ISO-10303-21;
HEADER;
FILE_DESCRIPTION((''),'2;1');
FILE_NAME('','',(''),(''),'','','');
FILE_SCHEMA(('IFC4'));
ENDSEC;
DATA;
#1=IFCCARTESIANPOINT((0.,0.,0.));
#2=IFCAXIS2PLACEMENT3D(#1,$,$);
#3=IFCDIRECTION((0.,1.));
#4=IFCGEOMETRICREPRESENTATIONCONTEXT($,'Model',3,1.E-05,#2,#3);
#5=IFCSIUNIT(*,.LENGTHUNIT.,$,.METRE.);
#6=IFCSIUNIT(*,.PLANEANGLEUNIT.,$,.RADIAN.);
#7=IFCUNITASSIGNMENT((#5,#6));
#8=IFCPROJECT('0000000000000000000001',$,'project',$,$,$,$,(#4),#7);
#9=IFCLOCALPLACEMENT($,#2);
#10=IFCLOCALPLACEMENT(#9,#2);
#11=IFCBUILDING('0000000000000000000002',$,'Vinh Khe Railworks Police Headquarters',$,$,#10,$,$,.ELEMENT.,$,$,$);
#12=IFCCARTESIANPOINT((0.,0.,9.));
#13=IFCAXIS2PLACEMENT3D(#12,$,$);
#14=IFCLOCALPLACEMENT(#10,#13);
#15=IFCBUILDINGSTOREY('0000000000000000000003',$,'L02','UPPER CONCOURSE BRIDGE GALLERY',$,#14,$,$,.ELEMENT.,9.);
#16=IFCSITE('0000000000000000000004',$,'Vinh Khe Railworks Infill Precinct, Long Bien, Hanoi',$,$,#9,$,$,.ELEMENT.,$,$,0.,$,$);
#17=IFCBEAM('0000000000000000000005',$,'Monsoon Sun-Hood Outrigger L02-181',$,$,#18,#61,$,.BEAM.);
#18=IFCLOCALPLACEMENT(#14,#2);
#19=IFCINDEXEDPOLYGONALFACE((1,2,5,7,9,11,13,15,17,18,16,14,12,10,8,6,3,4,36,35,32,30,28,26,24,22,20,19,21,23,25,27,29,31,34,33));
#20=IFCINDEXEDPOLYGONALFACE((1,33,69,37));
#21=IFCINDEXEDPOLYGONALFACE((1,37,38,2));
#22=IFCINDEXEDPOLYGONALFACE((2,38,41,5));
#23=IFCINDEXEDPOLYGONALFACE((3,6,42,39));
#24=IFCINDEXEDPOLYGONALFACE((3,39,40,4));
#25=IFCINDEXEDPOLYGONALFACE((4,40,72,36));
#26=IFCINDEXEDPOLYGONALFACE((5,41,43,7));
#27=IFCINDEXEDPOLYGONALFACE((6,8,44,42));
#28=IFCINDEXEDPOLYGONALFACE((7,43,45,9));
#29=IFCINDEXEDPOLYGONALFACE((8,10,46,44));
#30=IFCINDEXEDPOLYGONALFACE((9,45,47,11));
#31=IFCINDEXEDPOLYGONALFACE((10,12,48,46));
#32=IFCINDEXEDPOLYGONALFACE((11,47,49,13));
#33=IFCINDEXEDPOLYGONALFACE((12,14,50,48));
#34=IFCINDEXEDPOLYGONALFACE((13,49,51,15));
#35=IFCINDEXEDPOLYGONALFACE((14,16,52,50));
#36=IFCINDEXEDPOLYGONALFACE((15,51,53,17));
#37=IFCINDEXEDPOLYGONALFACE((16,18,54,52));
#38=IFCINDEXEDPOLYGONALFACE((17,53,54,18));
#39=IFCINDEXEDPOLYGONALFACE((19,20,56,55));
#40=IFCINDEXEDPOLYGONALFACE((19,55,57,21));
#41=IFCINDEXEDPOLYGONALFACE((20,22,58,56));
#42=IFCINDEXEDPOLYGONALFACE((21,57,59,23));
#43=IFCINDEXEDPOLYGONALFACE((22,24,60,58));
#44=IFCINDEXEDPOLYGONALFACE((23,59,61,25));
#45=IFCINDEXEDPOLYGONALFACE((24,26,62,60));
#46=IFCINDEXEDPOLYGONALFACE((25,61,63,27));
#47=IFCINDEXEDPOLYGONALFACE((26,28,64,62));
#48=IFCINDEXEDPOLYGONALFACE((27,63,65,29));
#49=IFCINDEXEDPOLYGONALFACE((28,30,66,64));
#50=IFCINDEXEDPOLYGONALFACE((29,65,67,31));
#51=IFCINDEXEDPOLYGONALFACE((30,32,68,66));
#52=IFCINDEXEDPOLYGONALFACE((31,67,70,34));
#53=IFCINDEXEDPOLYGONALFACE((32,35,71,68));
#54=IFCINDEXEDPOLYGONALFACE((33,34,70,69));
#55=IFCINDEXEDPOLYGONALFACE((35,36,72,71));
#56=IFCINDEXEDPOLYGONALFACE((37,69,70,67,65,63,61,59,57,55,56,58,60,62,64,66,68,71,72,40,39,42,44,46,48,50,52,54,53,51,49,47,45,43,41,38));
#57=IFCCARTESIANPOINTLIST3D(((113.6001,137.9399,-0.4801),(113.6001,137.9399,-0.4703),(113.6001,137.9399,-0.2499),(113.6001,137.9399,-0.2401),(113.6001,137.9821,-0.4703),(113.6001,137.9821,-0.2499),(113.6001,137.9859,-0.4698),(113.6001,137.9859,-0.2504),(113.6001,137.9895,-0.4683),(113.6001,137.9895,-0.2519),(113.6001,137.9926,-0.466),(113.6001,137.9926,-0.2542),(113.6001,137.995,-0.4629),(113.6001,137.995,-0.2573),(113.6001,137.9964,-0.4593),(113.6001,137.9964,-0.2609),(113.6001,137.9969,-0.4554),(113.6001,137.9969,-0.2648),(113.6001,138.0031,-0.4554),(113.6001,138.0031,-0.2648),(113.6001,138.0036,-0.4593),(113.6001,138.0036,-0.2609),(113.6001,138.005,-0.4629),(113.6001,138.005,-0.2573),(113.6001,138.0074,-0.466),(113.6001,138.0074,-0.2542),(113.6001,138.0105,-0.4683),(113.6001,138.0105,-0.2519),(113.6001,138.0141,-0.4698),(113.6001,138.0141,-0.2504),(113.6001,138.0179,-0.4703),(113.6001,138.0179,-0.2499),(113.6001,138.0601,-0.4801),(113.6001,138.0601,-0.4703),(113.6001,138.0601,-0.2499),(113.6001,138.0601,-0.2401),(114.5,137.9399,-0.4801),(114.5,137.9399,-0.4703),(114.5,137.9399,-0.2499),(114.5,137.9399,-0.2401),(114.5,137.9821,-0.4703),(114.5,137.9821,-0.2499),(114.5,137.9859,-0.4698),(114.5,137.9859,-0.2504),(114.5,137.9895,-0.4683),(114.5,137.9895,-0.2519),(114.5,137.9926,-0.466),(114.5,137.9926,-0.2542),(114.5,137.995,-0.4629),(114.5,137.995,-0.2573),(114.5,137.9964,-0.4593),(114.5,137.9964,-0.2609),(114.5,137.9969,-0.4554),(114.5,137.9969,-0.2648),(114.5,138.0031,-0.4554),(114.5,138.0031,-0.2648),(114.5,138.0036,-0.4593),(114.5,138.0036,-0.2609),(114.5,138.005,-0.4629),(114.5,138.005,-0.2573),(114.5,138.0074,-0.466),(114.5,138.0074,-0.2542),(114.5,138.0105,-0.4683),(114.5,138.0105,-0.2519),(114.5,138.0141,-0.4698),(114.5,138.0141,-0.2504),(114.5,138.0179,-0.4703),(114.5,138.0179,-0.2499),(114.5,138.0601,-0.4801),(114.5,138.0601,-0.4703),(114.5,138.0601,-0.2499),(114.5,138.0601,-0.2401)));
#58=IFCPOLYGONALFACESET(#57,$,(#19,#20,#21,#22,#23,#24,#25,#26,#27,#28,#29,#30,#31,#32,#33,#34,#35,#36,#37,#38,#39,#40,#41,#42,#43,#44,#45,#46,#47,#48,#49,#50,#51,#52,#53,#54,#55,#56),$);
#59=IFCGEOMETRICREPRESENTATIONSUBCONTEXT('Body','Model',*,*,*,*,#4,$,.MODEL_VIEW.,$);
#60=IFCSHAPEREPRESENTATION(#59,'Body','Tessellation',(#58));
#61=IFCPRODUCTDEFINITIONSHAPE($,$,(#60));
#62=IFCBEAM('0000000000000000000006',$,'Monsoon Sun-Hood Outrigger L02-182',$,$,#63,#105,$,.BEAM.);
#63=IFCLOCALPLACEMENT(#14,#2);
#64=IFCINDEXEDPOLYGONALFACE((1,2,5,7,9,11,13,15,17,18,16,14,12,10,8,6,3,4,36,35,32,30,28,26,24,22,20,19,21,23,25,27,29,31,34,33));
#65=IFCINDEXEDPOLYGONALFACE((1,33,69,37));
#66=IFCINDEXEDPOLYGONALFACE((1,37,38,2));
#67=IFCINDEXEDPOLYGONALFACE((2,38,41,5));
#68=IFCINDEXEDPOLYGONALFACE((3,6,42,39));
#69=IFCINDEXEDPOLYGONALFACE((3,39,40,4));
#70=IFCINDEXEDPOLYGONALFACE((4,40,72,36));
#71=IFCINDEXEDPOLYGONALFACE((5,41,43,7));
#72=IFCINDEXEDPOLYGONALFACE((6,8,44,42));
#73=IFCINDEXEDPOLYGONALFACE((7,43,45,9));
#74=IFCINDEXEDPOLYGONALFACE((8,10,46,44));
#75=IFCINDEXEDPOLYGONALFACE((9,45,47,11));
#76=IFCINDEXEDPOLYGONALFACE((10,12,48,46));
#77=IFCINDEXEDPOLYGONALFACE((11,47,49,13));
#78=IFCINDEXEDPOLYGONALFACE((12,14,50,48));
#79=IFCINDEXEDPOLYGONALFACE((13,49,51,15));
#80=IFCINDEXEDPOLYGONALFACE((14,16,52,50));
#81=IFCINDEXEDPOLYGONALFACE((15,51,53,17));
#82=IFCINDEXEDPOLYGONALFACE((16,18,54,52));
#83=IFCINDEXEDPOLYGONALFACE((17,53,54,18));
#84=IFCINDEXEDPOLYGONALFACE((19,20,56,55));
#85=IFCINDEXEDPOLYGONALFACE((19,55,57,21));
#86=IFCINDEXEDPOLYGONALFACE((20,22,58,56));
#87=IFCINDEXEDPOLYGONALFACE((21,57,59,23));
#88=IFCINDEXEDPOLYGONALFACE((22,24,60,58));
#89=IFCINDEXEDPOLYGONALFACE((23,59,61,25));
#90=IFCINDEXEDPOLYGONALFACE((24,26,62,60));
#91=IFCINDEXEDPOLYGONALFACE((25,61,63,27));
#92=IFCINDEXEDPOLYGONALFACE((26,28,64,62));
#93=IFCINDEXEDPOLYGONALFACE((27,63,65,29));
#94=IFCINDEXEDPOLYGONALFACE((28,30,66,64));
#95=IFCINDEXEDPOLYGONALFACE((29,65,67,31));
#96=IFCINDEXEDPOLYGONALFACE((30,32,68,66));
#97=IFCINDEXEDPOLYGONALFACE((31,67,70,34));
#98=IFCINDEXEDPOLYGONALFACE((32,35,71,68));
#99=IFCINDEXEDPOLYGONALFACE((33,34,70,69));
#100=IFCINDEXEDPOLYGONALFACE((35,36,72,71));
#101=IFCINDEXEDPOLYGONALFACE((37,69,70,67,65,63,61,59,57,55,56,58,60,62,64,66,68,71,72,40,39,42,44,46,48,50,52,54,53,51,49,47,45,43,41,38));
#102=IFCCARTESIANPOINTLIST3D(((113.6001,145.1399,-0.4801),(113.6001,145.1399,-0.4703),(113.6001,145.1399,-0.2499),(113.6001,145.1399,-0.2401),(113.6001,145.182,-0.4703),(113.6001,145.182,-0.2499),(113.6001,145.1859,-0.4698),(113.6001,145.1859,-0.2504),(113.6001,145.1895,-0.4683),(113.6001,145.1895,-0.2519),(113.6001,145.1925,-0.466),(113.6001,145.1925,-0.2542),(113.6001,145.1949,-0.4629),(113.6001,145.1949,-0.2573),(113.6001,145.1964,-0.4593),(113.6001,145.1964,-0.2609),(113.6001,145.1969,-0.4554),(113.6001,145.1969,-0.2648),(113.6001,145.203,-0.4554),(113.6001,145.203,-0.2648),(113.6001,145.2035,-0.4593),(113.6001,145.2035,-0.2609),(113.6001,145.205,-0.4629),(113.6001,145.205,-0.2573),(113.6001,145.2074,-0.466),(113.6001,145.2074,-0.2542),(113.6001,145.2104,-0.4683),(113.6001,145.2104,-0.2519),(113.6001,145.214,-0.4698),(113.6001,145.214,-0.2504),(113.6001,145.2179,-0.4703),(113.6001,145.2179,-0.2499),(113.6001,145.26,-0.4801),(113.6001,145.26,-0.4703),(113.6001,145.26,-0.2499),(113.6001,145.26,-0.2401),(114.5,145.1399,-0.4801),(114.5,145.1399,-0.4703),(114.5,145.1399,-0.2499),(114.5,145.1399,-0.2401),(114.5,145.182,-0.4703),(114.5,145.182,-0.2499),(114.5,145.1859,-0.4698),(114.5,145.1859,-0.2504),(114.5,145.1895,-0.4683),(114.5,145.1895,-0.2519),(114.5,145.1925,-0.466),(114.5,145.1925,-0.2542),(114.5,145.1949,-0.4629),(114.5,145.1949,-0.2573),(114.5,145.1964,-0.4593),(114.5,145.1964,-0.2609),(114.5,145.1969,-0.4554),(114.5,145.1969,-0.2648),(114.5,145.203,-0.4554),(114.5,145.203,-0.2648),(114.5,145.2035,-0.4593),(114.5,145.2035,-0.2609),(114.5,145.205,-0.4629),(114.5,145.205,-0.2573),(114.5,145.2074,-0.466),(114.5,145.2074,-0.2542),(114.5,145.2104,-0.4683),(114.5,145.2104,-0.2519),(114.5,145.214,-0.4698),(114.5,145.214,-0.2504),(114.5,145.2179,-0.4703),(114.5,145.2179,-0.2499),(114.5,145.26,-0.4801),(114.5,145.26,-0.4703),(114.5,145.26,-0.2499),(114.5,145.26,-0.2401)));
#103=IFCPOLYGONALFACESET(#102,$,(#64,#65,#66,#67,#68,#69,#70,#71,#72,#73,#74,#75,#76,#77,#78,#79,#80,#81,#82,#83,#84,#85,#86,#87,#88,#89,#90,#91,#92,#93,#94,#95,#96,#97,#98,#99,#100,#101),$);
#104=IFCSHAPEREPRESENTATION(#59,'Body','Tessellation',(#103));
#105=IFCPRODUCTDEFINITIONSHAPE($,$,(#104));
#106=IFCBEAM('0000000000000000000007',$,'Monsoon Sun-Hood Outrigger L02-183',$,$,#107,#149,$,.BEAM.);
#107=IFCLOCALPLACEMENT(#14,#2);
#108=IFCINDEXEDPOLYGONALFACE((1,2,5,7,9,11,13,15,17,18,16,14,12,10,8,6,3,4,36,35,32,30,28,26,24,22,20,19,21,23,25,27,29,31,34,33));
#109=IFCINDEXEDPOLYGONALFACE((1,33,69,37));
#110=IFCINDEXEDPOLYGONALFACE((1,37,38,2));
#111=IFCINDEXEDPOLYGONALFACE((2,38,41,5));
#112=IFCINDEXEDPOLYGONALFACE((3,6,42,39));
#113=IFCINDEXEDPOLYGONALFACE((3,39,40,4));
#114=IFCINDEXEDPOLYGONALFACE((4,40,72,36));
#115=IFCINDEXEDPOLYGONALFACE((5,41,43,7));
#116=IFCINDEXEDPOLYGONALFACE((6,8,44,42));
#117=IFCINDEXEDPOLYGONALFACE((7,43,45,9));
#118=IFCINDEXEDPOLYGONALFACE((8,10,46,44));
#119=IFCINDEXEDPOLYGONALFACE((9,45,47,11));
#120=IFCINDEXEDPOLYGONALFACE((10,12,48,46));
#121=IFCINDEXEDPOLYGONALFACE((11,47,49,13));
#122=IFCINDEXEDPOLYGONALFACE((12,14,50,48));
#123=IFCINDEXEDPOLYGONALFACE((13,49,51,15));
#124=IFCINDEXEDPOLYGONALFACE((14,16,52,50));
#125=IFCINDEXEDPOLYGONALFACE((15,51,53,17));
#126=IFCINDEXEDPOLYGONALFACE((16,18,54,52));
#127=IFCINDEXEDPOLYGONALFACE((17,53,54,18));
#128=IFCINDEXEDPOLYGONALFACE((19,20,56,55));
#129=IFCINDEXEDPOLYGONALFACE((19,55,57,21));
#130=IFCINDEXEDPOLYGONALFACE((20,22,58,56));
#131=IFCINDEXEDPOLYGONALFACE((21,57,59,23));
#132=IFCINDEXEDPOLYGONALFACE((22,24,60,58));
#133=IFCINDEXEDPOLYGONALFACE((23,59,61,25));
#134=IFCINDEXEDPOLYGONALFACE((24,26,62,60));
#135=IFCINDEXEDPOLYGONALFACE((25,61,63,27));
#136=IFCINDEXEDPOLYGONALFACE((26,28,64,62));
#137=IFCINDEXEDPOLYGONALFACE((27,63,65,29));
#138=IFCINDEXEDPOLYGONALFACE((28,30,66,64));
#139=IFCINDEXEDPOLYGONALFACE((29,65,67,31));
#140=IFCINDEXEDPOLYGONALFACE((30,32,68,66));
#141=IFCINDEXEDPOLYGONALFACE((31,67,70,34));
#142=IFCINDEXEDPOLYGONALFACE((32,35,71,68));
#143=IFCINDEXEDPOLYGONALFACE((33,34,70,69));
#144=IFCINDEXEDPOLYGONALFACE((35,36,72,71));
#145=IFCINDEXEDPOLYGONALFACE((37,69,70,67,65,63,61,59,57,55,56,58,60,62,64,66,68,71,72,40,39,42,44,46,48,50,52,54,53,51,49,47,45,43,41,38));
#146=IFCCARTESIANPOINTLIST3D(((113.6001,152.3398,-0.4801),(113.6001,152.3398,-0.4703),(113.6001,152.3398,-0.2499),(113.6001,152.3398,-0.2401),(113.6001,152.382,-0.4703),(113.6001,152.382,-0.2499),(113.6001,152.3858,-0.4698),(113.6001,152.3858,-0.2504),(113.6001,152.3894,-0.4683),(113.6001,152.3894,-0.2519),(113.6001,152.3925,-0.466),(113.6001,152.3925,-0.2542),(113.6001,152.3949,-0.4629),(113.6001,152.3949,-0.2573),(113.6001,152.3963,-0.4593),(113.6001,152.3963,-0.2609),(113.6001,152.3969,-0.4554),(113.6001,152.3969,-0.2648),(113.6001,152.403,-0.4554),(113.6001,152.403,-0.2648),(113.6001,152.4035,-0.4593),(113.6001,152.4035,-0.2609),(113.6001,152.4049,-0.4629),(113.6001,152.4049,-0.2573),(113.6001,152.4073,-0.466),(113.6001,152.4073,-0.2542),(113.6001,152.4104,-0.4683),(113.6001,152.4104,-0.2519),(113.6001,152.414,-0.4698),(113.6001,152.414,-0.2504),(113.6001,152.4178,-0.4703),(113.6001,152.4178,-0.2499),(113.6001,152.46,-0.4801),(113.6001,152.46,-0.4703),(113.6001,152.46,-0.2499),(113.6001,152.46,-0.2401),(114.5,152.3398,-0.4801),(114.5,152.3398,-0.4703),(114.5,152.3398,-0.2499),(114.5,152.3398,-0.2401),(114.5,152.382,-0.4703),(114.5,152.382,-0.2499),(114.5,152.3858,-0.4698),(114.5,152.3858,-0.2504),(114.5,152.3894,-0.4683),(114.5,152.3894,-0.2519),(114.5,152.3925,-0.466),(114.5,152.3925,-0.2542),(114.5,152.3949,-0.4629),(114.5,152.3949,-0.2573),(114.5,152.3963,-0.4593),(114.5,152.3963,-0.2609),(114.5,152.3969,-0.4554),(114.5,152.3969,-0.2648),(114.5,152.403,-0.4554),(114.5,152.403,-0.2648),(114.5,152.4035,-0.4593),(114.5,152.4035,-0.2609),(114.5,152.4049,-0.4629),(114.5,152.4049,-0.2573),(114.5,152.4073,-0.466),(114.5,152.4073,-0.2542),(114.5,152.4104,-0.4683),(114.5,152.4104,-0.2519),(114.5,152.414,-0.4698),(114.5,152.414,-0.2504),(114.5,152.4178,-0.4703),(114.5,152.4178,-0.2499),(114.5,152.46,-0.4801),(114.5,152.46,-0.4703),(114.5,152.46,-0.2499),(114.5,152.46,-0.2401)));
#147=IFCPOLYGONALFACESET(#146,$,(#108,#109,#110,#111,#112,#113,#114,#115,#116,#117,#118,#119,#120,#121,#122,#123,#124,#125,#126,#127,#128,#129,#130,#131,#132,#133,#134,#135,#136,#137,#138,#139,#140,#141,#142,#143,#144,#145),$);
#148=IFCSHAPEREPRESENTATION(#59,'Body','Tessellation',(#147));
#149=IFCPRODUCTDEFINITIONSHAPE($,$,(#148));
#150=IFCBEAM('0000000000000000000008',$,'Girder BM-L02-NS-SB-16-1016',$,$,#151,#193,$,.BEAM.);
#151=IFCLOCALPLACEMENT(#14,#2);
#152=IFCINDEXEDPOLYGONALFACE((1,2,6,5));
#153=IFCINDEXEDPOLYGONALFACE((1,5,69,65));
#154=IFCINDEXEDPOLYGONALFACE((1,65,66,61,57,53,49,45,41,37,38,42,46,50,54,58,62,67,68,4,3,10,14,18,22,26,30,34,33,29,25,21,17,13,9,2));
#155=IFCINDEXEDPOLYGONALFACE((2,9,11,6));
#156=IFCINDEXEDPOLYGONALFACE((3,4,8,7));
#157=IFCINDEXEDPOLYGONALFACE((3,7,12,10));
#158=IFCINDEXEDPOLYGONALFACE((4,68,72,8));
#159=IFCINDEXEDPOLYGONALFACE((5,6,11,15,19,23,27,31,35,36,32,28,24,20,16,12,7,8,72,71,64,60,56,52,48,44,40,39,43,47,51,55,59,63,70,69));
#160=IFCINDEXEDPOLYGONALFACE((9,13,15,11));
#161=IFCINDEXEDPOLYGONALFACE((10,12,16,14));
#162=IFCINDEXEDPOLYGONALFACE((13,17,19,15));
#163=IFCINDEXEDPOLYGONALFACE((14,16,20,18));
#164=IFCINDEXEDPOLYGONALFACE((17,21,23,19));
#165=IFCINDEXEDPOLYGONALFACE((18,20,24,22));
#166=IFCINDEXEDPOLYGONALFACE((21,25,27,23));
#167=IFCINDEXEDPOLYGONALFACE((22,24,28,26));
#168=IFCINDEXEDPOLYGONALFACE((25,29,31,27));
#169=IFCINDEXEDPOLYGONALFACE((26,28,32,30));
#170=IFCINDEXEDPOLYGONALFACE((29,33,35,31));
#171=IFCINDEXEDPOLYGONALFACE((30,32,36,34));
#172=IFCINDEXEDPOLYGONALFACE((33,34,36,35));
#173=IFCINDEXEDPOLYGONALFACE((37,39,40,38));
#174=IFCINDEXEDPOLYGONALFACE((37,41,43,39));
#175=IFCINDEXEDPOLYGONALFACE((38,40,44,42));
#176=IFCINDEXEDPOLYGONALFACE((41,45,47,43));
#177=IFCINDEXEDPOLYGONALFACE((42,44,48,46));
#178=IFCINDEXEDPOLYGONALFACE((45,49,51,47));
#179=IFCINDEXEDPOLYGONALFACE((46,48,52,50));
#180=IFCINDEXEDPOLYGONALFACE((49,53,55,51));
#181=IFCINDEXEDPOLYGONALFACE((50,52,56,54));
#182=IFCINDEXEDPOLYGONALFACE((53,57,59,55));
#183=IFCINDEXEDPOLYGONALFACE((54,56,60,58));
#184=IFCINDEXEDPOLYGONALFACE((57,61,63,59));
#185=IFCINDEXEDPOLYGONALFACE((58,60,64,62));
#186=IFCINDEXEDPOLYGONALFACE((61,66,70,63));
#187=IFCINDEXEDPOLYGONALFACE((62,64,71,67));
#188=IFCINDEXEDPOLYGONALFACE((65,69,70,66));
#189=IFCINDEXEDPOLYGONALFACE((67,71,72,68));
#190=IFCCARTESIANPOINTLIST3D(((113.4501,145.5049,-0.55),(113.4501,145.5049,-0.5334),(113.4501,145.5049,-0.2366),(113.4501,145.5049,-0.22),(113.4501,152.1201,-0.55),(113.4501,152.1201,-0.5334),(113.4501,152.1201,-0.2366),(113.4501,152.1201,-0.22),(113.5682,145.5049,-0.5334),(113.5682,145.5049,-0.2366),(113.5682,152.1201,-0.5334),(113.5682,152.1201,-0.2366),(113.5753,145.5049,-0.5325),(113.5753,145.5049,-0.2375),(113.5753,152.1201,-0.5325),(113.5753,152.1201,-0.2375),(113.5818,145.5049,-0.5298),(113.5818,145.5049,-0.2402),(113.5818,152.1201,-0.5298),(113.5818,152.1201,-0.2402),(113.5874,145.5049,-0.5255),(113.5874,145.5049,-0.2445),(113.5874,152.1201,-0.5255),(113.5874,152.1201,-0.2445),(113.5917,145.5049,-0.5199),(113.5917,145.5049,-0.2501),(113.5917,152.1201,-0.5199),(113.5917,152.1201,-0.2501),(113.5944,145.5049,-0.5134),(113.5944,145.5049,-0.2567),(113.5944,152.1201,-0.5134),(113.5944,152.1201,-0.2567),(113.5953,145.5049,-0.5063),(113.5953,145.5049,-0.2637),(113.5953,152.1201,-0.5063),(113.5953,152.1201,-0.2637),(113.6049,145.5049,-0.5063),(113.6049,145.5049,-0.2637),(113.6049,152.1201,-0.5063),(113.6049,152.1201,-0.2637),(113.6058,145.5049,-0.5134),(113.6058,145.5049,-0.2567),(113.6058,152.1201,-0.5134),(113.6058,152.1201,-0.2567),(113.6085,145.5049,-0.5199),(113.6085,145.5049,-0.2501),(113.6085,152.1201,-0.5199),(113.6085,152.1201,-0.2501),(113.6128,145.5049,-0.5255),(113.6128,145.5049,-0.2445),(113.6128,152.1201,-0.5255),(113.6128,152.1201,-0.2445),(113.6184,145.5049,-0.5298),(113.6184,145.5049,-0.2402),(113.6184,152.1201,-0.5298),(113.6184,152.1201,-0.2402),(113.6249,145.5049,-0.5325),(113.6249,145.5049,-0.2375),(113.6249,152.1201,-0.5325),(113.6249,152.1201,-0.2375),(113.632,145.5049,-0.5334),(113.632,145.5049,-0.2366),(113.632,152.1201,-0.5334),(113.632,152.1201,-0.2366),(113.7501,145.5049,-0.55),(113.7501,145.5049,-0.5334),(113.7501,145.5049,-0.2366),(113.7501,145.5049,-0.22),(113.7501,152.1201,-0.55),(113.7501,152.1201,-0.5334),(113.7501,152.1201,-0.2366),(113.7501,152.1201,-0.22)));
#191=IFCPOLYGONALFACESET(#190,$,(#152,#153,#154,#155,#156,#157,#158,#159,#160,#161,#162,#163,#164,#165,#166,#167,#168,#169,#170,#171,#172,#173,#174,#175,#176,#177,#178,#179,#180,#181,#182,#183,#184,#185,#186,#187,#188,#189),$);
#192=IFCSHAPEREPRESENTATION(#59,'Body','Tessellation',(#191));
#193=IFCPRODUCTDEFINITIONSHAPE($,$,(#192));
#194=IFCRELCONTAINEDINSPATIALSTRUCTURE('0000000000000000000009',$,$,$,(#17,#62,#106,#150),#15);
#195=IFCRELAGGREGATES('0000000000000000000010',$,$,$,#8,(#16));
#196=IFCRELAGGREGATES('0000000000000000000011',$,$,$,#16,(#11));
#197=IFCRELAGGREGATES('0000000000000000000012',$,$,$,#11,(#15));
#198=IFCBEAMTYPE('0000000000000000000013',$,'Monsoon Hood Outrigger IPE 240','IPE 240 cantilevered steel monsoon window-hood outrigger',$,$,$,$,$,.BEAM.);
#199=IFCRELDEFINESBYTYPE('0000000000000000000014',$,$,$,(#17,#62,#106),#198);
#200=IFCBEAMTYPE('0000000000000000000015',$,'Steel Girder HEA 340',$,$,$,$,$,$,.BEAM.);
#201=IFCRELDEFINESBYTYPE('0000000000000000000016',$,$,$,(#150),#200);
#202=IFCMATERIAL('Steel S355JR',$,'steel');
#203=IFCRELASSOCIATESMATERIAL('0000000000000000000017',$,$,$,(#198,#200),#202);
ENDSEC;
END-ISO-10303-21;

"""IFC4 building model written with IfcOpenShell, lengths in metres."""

from ifc_helpers import new_model, si_unit, direction, frame, origin, origin_2d, place, context, subcontext, project, spatial, i_section, extrude, material, material_profile, profile_set, type_object, element, save


model = new_model("IFC4")

# Units and contexts
model_context = context("Model", 3, precision=1e-05, world=origin(), true_north=direction((0.0, 1.0)))
body_context = subcontext(model_context, "Body", "Model", "MODEL_VIEW")
ifc_project = project(units=[si_unit("LENGTHUNIT", "METRE"), si_unit("PLANEANGLEUNIT", "RADIAN")], contexts=[model_context])

# Site, building, storey
site_placement = place(None, origin())
site = spatial("IfcSite", under=ifc_project, at=site_placement, Name="Vinh Khe Railworks Infill Precinct, Long Bien, Hanoi", CompositionType="ELEMENT", RefElevation=0.0)
building_placement = place(site_placement, origin())
building = spatial("IfcBuilding", under=site, at=building_placement, Name="Vinh Khe Railworks Police Headquarters", CompositionType="ELEMENT")
storey_placement = place(building_placement, frame((0.0, 0.0, 9.0)))
storey = spatial("IfcBuildingStorey", under=building, at=storey_placement, Name="L02", Description="UPPER CONCOURSE BRIDGE GALLERY", CompositionType="ELEMENT", Elevation=9.0)

# Shared definitions
ifc_material_1 = material(Name="Steel S355JR", Category="steel")

# Beams
ifc_material_profile_1 = material_profile(ifc_material_1, i_section(OverallWidth=0.1201, OverallDepth=0.24, WebThickness=0.0061, FlangeThickness=0.0098, FilletRadius=0.0149, at=origin_2d()), Name="IPE 240")
ifc_profile_set_1 = profile_set([ifc_material_profile_1], Name="Steel S355JR")
beam_type_1 = type_object("IfcBeamType", Name="Monsoon Hood Outrigger IPE 240", Description="IPE 240 cantilevered steel monsoon window-hood outrigger", PredefinedType="BEAM", material=ifc_profile_set_1)
for number, where, z_axis, x_axis, name in (
    (1, (113.6001, 138.0, -0.3601), (1.0, 0.0, 0.0), (0.0, 1.0, 0.0), "Monsoon Sun-Hood Outrigger L02-181"),
    (2, (113.6001, 145.2, -0.3601), (1.0, 0.0, 0.0), (0.0, 1.0, 0.0), "Monsoon Sun-Hood Outrigger L02-182"),
    (3, (113.6001, 152.3999, -0.3601), (1.0, 0.0, 0.0), (0.0, 1.0, 0.0), "Monsoon Sun-Hood Outrigger L02-183"),
):
    element("IfcBeam", number, at=place(storey_placement, frame(where, z_axis=z_axis, x_axis=x_axis)), inside=storey, type_object=beam_type_1, Name=name, PredefinedType="BEAM", context=body_context, shape_type="SweptSolid", body=[
        extrude(i_section(OverallWidth=0.1201, OverallDepth=0.24, WebThickness=0.0061, FlangeThickness=0.0098, FilletRadius=0.0149, at=origin_2d()), origin(), (0.0, 0.0, 1.0), 0.8999),
    ])
ifc_material_profile_2 = material_profile(ifc_material_1, i_section(OverallWidth=0.3, OverallDepth=0.3301, WebThickness=0.0095, FlangeThickness=0.0166, FilletRadius=0.0271, at=origin_2d()), Name="HEA 340")
ifc_profile_set_2 = profile_set([ifc_material_profile_2], Name="Steel S355JR")
beam_type_2 = type_object("IfcBeamType", Name="Steel Girder HEA 340", PredefinedType="BEAM", material=ifc_profile_set_2)
beam_1_placement = place(storey_placement, frame((113.6001, 145.5049, -0.385), z_axis=(0.0, 1.0, 0.0), x_axis=(-1.0, 0.0, 0.0)))
element("IfcBeam", 4, at=beam_1_placement, inside=storey, type_object=beam_type_2, Name="Girder BM-L02-NS-SB-16-1016", PredefinedType="BEAM", context=body_context, shape_type="SweptSolid", body=[
    extrude(i_section(OverallWidth=0.3, OverallDepth=0.3301, WebThickness=0.0095, FlangeThickness=0.0166, FilletRadius=0.0271, at=origin_2d()), origin(), (0.0, 0.0, 1.0), 6.6152),
])

save(model, "model.ifc")
